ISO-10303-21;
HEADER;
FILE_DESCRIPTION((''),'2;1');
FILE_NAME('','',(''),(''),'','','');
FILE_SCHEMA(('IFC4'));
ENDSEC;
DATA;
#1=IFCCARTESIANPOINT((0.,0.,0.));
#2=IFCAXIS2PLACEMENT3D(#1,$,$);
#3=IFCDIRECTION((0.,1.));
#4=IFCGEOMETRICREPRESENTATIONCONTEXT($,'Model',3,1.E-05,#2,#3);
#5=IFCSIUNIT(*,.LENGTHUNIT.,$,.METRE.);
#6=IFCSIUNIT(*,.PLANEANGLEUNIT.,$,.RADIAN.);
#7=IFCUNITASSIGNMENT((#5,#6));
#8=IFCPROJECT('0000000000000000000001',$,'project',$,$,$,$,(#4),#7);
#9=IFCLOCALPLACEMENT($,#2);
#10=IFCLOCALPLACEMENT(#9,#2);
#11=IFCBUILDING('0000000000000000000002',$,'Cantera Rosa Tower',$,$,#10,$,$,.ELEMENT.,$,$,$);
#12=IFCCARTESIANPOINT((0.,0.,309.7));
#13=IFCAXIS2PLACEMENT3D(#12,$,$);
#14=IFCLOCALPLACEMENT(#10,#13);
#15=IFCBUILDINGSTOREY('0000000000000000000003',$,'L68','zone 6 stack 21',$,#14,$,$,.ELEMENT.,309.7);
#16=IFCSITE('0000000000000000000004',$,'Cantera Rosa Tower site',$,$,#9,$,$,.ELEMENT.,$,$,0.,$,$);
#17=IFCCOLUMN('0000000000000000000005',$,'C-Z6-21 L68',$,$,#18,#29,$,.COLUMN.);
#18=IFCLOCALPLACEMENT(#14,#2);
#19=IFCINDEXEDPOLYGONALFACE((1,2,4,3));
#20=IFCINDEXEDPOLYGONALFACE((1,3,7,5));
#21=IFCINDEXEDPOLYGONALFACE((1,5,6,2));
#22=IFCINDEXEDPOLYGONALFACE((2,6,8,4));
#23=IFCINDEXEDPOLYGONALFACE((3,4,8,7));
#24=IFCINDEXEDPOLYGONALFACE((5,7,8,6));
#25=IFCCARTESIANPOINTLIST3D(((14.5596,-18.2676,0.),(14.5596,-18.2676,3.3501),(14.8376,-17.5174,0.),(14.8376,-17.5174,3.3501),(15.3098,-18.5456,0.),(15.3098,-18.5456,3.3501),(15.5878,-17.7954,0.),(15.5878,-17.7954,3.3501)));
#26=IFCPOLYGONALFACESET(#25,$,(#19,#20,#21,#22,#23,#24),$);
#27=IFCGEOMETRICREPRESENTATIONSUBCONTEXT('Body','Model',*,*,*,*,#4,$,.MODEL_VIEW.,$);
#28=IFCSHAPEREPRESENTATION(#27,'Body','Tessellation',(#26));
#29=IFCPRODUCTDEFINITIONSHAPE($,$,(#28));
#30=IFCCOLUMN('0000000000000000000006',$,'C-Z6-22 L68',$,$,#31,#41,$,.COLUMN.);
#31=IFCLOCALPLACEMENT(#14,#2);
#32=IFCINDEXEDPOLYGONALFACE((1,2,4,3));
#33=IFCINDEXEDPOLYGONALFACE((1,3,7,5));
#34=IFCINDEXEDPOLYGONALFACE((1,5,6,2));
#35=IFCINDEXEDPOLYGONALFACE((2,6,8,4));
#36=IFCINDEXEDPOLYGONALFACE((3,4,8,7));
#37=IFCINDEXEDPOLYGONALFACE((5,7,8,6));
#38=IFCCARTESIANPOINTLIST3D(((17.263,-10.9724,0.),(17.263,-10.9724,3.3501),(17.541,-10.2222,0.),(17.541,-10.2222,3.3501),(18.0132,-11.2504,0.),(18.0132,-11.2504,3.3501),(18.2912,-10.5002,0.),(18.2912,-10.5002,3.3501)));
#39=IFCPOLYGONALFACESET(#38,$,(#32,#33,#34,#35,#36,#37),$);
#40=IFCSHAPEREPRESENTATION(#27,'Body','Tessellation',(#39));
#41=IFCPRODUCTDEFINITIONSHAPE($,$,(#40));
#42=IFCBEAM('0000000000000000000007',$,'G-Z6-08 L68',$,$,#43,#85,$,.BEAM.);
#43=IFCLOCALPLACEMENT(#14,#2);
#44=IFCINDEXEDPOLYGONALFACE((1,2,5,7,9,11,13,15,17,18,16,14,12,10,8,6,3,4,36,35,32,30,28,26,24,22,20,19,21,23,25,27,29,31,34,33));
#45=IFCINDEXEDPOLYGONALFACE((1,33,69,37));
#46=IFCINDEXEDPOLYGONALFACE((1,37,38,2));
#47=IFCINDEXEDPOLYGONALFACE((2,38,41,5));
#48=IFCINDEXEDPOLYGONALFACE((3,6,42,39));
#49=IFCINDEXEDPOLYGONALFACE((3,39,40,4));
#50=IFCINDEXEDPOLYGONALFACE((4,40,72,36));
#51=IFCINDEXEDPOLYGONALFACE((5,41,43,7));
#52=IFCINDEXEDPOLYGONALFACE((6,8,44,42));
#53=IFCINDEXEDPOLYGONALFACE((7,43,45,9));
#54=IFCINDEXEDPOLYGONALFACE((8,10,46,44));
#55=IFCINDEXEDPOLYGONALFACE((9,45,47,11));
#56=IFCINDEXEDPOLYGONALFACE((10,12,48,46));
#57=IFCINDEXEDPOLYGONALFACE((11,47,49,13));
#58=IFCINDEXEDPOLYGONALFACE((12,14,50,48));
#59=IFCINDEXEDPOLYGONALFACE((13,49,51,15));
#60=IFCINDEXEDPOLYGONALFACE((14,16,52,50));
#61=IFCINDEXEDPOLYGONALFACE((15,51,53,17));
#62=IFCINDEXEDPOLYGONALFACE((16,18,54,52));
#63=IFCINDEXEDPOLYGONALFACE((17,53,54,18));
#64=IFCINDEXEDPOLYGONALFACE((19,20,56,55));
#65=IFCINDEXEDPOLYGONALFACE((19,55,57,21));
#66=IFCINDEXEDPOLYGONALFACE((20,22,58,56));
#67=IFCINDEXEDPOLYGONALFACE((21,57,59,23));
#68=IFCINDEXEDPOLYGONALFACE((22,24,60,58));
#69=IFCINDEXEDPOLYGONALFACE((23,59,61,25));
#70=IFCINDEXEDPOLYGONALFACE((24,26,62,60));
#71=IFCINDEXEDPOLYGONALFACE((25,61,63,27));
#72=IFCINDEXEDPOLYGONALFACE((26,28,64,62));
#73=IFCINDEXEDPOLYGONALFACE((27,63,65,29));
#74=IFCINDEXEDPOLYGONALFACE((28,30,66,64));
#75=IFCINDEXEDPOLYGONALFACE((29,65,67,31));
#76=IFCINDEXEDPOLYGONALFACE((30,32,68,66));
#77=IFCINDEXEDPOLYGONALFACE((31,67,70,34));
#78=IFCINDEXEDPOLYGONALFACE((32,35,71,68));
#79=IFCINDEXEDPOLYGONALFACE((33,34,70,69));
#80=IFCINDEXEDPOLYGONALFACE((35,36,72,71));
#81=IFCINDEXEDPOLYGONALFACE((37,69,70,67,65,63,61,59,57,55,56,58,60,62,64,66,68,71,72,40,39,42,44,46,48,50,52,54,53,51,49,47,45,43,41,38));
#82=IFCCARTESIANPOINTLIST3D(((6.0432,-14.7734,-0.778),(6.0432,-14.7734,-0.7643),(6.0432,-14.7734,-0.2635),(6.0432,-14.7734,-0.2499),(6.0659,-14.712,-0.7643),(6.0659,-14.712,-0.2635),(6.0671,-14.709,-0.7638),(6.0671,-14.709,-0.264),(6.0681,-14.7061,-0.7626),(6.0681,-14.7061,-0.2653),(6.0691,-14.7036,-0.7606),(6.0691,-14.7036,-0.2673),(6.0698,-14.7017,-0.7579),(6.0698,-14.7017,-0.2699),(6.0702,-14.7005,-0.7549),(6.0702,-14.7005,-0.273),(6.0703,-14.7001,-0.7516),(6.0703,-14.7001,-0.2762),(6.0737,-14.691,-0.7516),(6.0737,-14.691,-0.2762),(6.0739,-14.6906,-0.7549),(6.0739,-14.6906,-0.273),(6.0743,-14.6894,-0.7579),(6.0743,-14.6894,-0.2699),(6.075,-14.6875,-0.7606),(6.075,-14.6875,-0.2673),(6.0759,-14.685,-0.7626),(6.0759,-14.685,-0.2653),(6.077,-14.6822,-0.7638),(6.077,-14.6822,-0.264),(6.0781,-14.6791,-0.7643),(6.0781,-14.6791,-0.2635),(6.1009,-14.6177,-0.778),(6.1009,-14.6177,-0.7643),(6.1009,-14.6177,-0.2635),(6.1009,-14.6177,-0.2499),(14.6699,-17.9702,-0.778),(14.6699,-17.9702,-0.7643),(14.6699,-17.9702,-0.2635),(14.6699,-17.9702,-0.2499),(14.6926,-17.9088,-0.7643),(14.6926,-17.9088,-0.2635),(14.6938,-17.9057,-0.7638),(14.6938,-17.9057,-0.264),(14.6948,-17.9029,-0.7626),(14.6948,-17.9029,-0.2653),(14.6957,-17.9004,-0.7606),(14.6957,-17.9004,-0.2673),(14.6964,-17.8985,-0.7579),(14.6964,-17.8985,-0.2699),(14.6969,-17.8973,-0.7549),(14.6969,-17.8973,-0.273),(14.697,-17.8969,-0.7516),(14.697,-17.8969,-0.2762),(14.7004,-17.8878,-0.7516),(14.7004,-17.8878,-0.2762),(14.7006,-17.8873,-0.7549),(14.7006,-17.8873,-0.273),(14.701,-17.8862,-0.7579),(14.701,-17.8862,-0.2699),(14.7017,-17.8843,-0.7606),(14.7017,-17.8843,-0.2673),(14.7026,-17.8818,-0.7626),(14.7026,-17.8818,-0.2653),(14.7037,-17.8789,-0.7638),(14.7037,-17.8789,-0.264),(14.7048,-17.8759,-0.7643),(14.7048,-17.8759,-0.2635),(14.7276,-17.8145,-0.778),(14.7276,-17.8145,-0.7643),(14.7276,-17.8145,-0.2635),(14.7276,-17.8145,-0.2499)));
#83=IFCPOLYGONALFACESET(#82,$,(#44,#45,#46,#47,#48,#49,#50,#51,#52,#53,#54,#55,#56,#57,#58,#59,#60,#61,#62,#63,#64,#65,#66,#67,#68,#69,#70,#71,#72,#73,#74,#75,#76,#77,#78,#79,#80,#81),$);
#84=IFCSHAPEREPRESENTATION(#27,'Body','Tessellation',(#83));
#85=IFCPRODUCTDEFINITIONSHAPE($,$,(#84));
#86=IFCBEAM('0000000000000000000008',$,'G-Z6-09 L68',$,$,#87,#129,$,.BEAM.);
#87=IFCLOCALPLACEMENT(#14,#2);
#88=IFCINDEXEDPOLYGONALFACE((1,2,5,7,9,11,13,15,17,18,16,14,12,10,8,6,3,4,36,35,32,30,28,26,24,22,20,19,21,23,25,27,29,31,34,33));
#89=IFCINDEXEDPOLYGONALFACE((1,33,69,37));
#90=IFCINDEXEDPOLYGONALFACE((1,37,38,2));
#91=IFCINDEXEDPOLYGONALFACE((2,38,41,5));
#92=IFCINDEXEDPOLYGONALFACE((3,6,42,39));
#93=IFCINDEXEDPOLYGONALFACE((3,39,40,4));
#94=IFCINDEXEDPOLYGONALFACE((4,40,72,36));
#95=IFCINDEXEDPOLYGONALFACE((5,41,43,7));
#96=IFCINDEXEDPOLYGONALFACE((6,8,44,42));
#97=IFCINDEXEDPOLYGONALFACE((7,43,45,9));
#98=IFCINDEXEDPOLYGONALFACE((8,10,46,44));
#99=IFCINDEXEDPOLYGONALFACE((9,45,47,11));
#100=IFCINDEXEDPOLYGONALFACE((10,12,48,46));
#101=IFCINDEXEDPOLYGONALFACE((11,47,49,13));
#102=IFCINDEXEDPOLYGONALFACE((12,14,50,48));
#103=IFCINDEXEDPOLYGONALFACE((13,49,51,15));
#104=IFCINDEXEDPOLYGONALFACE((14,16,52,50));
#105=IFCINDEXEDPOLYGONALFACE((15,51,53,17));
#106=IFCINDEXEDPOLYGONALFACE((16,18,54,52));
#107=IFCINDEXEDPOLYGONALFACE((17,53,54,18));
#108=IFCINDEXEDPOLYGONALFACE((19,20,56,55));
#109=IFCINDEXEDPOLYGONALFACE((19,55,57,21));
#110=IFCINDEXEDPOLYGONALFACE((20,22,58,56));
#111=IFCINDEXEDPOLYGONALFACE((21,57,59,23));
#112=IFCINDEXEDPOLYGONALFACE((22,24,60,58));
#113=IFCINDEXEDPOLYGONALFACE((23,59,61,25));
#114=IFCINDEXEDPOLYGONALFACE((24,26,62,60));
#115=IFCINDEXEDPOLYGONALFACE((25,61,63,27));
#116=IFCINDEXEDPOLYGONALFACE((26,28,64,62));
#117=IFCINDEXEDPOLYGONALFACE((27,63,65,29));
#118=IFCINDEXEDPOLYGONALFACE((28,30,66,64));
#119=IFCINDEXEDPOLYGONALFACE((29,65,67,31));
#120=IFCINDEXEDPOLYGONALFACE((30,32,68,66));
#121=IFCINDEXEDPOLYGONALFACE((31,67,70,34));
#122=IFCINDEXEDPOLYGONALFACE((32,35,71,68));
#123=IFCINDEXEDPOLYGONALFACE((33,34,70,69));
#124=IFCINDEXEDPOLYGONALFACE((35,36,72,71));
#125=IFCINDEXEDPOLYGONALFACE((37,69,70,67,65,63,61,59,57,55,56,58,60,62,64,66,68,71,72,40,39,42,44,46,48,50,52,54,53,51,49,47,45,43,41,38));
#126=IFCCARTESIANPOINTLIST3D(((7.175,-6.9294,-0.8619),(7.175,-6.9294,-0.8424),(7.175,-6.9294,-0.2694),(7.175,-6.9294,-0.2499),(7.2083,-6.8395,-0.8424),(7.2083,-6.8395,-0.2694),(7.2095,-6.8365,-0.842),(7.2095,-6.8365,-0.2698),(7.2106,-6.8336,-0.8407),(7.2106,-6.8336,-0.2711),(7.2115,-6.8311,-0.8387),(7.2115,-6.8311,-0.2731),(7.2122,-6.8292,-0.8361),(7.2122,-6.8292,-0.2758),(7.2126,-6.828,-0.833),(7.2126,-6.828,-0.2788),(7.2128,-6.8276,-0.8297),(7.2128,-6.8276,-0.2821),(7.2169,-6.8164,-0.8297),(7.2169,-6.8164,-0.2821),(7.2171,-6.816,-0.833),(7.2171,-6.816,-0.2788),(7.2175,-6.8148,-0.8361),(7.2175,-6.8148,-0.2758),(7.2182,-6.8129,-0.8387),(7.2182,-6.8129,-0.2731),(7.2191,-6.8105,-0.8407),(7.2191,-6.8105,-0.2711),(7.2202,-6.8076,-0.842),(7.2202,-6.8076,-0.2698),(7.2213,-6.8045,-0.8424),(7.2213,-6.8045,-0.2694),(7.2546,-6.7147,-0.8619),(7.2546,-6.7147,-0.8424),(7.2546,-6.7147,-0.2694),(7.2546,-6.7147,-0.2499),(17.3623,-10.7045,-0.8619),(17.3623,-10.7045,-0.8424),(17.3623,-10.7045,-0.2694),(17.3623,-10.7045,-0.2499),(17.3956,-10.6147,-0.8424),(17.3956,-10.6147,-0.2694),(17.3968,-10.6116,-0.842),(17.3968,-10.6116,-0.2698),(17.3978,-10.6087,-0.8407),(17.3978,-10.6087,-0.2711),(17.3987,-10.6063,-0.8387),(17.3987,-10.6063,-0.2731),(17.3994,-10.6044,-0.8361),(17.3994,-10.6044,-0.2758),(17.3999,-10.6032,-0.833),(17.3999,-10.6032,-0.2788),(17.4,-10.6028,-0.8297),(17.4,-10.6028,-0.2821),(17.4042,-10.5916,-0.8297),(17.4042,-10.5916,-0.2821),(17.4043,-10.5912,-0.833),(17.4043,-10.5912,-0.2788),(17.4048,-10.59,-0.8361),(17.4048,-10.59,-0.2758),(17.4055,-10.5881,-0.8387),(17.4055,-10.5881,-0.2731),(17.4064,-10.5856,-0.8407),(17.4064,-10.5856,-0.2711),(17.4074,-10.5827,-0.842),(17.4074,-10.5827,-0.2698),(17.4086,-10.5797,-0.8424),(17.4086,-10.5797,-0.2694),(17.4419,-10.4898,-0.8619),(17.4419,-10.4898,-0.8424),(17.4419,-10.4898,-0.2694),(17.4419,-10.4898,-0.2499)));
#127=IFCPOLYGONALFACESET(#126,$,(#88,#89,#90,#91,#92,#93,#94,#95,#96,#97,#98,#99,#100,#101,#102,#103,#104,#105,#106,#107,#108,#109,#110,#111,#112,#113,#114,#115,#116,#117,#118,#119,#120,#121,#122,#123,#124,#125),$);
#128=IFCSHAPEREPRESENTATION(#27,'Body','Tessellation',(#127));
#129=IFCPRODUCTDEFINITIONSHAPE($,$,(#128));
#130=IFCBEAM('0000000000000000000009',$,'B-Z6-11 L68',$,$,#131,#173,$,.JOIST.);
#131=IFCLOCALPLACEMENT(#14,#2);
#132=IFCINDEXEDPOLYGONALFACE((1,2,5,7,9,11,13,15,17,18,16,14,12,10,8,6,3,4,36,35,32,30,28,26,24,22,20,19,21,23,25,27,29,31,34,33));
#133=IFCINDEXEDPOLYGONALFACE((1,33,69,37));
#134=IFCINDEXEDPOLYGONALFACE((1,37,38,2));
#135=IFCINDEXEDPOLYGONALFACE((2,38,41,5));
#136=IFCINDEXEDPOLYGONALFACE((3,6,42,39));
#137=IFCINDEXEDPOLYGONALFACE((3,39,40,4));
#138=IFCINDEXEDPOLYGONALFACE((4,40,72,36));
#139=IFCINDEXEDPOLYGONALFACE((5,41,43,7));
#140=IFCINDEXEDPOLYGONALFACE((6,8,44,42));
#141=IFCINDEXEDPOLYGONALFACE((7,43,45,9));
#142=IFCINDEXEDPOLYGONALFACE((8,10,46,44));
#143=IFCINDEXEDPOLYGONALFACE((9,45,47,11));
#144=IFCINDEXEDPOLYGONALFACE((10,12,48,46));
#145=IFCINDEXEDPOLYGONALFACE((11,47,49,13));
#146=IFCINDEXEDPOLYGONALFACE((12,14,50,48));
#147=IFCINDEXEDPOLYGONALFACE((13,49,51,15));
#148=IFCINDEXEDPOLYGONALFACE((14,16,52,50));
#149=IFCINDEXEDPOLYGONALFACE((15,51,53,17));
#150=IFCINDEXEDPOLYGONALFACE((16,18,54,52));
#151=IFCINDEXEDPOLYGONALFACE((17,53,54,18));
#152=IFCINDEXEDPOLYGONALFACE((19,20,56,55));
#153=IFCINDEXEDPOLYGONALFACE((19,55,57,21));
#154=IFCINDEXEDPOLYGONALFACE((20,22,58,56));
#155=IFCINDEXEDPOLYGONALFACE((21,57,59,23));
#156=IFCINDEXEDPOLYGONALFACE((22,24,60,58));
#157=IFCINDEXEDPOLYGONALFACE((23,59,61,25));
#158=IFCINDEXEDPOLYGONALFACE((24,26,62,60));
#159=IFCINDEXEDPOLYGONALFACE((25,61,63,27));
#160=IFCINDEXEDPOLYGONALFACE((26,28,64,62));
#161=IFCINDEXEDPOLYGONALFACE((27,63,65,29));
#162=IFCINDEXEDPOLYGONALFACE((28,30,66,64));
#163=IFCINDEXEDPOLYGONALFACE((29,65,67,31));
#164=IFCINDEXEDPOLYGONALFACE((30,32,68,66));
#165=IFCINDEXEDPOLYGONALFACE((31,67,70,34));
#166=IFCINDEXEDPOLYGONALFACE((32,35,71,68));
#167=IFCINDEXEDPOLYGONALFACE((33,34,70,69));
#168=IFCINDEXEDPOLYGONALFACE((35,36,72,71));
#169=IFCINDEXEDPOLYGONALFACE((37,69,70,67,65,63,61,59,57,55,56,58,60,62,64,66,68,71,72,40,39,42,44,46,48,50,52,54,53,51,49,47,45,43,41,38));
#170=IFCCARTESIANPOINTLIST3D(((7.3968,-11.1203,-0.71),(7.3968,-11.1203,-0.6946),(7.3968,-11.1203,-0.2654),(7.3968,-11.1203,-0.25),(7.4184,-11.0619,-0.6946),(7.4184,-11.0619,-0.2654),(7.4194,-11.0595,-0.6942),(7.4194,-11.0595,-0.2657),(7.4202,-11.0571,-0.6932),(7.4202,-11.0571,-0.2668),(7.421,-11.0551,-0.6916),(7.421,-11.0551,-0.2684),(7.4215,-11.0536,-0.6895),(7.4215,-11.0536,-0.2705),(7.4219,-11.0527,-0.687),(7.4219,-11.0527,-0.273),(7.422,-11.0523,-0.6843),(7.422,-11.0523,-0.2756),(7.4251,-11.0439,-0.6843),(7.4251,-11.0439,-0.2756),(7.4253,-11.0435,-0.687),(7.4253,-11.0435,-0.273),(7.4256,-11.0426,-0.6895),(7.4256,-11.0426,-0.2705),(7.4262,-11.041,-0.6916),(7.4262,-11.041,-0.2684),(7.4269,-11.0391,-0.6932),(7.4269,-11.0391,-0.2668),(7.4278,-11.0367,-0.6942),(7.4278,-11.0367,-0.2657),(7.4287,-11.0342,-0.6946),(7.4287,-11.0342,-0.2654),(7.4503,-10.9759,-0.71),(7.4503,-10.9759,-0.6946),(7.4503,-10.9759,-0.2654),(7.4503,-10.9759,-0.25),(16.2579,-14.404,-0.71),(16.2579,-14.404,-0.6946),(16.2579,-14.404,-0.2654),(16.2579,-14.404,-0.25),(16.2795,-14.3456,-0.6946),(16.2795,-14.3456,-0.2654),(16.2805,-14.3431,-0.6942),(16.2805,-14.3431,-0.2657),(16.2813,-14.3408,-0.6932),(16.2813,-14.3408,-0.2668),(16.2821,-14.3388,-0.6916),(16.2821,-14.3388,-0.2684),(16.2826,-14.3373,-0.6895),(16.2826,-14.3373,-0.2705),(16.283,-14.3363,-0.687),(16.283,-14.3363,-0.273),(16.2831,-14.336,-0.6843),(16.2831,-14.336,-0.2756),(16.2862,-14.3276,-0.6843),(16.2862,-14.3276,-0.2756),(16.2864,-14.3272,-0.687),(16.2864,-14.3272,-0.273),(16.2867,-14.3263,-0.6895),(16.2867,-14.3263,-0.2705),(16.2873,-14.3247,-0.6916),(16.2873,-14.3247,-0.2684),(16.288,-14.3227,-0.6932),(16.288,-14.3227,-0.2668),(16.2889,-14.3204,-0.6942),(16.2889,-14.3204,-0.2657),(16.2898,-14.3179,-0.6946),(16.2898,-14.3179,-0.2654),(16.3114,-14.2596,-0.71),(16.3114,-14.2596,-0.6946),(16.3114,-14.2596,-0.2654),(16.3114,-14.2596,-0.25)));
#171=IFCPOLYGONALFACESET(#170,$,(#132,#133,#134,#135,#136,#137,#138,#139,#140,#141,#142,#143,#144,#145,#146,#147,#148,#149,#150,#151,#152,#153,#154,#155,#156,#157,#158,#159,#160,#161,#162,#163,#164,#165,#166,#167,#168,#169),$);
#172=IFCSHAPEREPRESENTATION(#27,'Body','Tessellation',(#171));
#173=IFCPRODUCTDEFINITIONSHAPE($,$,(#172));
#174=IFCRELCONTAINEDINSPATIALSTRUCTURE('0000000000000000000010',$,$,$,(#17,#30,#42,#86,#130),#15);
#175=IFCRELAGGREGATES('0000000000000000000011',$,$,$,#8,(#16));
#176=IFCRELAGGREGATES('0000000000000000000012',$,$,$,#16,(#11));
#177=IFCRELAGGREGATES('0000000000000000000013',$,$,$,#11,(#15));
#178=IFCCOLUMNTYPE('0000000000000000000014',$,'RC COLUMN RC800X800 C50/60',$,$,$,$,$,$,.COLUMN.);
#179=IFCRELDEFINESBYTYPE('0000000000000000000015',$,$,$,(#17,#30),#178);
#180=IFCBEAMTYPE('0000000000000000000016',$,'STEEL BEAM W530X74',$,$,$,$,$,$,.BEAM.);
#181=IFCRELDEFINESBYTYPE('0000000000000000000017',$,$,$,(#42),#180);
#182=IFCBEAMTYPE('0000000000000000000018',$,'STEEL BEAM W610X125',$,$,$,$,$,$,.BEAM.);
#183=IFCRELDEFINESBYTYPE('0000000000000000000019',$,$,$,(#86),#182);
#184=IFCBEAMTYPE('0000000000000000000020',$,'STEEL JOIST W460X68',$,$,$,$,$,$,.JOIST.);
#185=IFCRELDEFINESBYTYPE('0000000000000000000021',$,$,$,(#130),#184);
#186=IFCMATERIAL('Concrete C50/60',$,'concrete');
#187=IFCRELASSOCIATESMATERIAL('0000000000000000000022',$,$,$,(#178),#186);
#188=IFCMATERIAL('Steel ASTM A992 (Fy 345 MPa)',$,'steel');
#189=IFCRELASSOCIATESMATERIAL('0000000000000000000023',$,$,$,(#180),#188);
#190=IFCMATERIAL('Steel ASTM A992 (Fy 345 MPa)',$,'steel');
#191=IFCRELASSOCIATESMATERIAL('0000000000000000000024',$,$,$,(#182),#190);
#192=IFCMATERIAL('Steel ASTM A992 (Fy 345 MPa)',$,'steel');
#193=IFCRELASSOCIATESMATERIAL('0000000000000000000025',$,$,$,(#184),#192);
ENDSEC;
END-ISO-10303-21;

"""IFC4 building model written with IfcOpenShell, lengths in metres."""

from ifc_helpers import new_model, si_unit, direction, frame, origin, origin_2d, place, context, subcontext, project, spatial, rectangle, i_section, extrude, material, material_profile, profile_set, type_object, element, save


model = new_model("IFC4")

# Units and contexts
model_context = context("Model", 3, precision=1e-05, world=origin(), true_north=direction((0.0, 1.0)))
body_context = subcontext(model_context, "Body", "Model", "MODEL_VIEW")
ifc_project = project(units=[si_unit("LENGTHUNIT", "METRE"), si_unit("PLANEANGLEUNIT", "RADIAN")], contexts=[model_context])

# Site, building, storey
site_placement = place(None, origin())
site = spatial("IfcSite", under=ifc_project, at=site_placement, Name="Cantera Rosa Tower site", CompositionType="ELEMENT", RefElevation=0.0)
building_placement = place(site_placement, origin())
building = spatial("IfcBuilding", under=site, at=building_placement, Name="Cantera Rosa Tower", CompositionType="ELEMENT")
storey_placement = place(building_placement, frame((0.0, 0.0, 309.7)))
storey = spatial("IfcBuildingStorey", under=building, at=storey_placement, Name="L68", Description="zone 6 stack 21", CompositionType="ELEMENT", Elevation=309.7)

# Columns
ifc_material_1 = material(Name="Concrete C50/60", Category="concrete")
ifc_material_profile_1 = material_profile(ifc_material_1, rectangle(XDim=0.8, YDim=0.8, at=origin_2d()), Name="RC COLUMN RC800X800 C50/60")
ifc_profile_set_1 = profile_set([ifc_material_profile_1], Name="Concrete C50/60")
column_type = type_object("IfcColumnType", Name="RC COLUMN RC800X800 C50/60", PredefinedType="COLUMN", material=ifc_profile_set_1)
for number, where, z_axis, x_axis, name in (
    (1, (15.0737, -18.0315, 0.0), (0.0, 0.0, 1.0), (0.347481, 0.937687, 0.0), "C-Z6-21 L68"),
    (2, (17.7771, -10.7363, 0.0), (0.0, 0.0, 1.0), (0.347481, 0.937687, 0.0), "C-Z6-22 L68"),
):
    element("IfcColumn", number, at=place(storey_placement, frame(where, z_axis=z_axis, x_axis=x_axis)), inside=storey, type_object=column_type, Name=name, PredefinedType="COLUMN", context=body_context, shape_type="SweptSolid", body=[
        extrude(rectangle(XDim=0.8, YDim=0.8, at=origin_2d()), origin(), (0.0, 0.0, 1.0), 3.3501),
    ])

# Beams
ifc_material_2 = material(Name="Steel ASTM A992 (Fy 345 MPa)", Category="steel")
ifc_material_profile_2 = material_profile(ifc_material_2, i_section(OverallWidth=0.166, OverallDepth=0.5281, WebThickness=0.0098, FlangeThickness=0.0137, FilletRadius=0.0127, at=origin_2d()), Name="W530X74")
ifc_profile_set_2 = profile_set([ifc_material_profile_2], Name="Steel ASTM A992 (Fy 345 MPa)")
beam_type_1 = type_object("IfcBeamType", Name="STEEL BEAM W530X74", PredefinedType="BEAM", material=ifc_profile_set_2)
beam_1_placement = place(storey_placement, frame((14.6987, -17.8923, -0.5139), z_axis=(-0.937689, 0.347477, 0.0), x_axis=(-0.347477, -0.937689, 0.0)))
element("IfcBeam", 3, at=beam_1_placement, inside=storey, type_object=beam_type_1, Name="G-Z6-08 L68", PredefinedType="BEAM", context=body_context, shape_type="SweptSolid", body=[
    extrude(i_section(OverallWidth=0.166, OverallDepth=0.5281, WebThickness=0.0098, FlangeThickness=0.0137, FilletRadius=0.0127, at=origin_2d()), origin(), (0.0, 0.0, 1.0), 9.2),
])
ifc_material_3 = material(Name="Steel ASTM A992 (Fy 345 MPa)", Category="steel")
ifc_material_profile_3 = material_profile(ifc_material_3, i_section(OverallWidth=0.229, OverallDepth=0.6121, WebThickness=0.012, FlangeThickness=0.0195, FilletRadius=0.0127, at=origin_2d()), Name="W610X125")
ifc_profile_set_3 = profile_set([ifc_material_profile_3], Name="Steel ASTM A992 (Fy 345 MPa)")
beam_type_2 = type_object("IfcBeamType", Name="STEEL BEAM W610X125", PredefinedType="BEAM", material=ifc_profile_set_3)
beam_2_placement = place(storey_placement, frame((17.4021, -10.5972, -0.5559), z_axis=(-0.937686, 0.347483, 0.0), x_axis=(-0.347483, -0.937686, 0.0)))
element("IfcBeam", 4, at=beam_2_placement, inside=storey, type_object=beam_type_2, Name="G-Z6-09 L68", PredefinedType="BEAM", context=body_context, shape_type="SweptSolid", body=[
    extrude(i_section(OverallWidth=0.229, OverallDepth=0.6121, WebThickness=0.012, FlangeThickness=0.0195, FilletRadius=0.0127, at=origin_2d()), origin(), (0.0, 0.0, 1.0), 10.8643),
])
ifc_material_4 = material(Name="Steel ASTM A992 (Fy 345 MPa)", Category="steel")
ifc_material_profile_4 = material_profile(ifc_material_4, i_section(OverallWidth=0.1541, OverallDepth=0.46, WebThickness=0.009, FlangeThickness=0.0154, FilletRadius=0.0103, at=origin_2d()), Name="W460X68")
ifc_profile_set_4 = profile_set([ifc_material_profile_4], Name="Steel ASTM A992 (Fy 345 MPa)")
beam_type_3 = type_object("IfcBeamType", Name="STEEL JOIST W460X68", PredefinedType="JOIST", material=ifc_profile_set_4)
beam_3_placement = place(storey_placement, frame((16.2847, -14.3318, -0.48), z_axis=(-0.937686, 0.347483, 0.0), x_axis=(-0.347483, -0.937686, 0.0)))
element("IfcBeam", 5, at=beam_3_placement, inside=storey, type_object=beam_type_3, Name="B-Z6-11 L68", PredefinedType="JOIST", context=body_context, shape_type="SweptSolid", body=[
    extrude(i_section(OverallWidth=0.1541, OverallDepth=0.46, WebThickness=0.009, FlangeThickness=0.0154, FilletRadius=0.0103, at=origin_2d()), origin(), (0.0, 0.0, 1.0), 9.45),
])

save(model, "model.ifc")
